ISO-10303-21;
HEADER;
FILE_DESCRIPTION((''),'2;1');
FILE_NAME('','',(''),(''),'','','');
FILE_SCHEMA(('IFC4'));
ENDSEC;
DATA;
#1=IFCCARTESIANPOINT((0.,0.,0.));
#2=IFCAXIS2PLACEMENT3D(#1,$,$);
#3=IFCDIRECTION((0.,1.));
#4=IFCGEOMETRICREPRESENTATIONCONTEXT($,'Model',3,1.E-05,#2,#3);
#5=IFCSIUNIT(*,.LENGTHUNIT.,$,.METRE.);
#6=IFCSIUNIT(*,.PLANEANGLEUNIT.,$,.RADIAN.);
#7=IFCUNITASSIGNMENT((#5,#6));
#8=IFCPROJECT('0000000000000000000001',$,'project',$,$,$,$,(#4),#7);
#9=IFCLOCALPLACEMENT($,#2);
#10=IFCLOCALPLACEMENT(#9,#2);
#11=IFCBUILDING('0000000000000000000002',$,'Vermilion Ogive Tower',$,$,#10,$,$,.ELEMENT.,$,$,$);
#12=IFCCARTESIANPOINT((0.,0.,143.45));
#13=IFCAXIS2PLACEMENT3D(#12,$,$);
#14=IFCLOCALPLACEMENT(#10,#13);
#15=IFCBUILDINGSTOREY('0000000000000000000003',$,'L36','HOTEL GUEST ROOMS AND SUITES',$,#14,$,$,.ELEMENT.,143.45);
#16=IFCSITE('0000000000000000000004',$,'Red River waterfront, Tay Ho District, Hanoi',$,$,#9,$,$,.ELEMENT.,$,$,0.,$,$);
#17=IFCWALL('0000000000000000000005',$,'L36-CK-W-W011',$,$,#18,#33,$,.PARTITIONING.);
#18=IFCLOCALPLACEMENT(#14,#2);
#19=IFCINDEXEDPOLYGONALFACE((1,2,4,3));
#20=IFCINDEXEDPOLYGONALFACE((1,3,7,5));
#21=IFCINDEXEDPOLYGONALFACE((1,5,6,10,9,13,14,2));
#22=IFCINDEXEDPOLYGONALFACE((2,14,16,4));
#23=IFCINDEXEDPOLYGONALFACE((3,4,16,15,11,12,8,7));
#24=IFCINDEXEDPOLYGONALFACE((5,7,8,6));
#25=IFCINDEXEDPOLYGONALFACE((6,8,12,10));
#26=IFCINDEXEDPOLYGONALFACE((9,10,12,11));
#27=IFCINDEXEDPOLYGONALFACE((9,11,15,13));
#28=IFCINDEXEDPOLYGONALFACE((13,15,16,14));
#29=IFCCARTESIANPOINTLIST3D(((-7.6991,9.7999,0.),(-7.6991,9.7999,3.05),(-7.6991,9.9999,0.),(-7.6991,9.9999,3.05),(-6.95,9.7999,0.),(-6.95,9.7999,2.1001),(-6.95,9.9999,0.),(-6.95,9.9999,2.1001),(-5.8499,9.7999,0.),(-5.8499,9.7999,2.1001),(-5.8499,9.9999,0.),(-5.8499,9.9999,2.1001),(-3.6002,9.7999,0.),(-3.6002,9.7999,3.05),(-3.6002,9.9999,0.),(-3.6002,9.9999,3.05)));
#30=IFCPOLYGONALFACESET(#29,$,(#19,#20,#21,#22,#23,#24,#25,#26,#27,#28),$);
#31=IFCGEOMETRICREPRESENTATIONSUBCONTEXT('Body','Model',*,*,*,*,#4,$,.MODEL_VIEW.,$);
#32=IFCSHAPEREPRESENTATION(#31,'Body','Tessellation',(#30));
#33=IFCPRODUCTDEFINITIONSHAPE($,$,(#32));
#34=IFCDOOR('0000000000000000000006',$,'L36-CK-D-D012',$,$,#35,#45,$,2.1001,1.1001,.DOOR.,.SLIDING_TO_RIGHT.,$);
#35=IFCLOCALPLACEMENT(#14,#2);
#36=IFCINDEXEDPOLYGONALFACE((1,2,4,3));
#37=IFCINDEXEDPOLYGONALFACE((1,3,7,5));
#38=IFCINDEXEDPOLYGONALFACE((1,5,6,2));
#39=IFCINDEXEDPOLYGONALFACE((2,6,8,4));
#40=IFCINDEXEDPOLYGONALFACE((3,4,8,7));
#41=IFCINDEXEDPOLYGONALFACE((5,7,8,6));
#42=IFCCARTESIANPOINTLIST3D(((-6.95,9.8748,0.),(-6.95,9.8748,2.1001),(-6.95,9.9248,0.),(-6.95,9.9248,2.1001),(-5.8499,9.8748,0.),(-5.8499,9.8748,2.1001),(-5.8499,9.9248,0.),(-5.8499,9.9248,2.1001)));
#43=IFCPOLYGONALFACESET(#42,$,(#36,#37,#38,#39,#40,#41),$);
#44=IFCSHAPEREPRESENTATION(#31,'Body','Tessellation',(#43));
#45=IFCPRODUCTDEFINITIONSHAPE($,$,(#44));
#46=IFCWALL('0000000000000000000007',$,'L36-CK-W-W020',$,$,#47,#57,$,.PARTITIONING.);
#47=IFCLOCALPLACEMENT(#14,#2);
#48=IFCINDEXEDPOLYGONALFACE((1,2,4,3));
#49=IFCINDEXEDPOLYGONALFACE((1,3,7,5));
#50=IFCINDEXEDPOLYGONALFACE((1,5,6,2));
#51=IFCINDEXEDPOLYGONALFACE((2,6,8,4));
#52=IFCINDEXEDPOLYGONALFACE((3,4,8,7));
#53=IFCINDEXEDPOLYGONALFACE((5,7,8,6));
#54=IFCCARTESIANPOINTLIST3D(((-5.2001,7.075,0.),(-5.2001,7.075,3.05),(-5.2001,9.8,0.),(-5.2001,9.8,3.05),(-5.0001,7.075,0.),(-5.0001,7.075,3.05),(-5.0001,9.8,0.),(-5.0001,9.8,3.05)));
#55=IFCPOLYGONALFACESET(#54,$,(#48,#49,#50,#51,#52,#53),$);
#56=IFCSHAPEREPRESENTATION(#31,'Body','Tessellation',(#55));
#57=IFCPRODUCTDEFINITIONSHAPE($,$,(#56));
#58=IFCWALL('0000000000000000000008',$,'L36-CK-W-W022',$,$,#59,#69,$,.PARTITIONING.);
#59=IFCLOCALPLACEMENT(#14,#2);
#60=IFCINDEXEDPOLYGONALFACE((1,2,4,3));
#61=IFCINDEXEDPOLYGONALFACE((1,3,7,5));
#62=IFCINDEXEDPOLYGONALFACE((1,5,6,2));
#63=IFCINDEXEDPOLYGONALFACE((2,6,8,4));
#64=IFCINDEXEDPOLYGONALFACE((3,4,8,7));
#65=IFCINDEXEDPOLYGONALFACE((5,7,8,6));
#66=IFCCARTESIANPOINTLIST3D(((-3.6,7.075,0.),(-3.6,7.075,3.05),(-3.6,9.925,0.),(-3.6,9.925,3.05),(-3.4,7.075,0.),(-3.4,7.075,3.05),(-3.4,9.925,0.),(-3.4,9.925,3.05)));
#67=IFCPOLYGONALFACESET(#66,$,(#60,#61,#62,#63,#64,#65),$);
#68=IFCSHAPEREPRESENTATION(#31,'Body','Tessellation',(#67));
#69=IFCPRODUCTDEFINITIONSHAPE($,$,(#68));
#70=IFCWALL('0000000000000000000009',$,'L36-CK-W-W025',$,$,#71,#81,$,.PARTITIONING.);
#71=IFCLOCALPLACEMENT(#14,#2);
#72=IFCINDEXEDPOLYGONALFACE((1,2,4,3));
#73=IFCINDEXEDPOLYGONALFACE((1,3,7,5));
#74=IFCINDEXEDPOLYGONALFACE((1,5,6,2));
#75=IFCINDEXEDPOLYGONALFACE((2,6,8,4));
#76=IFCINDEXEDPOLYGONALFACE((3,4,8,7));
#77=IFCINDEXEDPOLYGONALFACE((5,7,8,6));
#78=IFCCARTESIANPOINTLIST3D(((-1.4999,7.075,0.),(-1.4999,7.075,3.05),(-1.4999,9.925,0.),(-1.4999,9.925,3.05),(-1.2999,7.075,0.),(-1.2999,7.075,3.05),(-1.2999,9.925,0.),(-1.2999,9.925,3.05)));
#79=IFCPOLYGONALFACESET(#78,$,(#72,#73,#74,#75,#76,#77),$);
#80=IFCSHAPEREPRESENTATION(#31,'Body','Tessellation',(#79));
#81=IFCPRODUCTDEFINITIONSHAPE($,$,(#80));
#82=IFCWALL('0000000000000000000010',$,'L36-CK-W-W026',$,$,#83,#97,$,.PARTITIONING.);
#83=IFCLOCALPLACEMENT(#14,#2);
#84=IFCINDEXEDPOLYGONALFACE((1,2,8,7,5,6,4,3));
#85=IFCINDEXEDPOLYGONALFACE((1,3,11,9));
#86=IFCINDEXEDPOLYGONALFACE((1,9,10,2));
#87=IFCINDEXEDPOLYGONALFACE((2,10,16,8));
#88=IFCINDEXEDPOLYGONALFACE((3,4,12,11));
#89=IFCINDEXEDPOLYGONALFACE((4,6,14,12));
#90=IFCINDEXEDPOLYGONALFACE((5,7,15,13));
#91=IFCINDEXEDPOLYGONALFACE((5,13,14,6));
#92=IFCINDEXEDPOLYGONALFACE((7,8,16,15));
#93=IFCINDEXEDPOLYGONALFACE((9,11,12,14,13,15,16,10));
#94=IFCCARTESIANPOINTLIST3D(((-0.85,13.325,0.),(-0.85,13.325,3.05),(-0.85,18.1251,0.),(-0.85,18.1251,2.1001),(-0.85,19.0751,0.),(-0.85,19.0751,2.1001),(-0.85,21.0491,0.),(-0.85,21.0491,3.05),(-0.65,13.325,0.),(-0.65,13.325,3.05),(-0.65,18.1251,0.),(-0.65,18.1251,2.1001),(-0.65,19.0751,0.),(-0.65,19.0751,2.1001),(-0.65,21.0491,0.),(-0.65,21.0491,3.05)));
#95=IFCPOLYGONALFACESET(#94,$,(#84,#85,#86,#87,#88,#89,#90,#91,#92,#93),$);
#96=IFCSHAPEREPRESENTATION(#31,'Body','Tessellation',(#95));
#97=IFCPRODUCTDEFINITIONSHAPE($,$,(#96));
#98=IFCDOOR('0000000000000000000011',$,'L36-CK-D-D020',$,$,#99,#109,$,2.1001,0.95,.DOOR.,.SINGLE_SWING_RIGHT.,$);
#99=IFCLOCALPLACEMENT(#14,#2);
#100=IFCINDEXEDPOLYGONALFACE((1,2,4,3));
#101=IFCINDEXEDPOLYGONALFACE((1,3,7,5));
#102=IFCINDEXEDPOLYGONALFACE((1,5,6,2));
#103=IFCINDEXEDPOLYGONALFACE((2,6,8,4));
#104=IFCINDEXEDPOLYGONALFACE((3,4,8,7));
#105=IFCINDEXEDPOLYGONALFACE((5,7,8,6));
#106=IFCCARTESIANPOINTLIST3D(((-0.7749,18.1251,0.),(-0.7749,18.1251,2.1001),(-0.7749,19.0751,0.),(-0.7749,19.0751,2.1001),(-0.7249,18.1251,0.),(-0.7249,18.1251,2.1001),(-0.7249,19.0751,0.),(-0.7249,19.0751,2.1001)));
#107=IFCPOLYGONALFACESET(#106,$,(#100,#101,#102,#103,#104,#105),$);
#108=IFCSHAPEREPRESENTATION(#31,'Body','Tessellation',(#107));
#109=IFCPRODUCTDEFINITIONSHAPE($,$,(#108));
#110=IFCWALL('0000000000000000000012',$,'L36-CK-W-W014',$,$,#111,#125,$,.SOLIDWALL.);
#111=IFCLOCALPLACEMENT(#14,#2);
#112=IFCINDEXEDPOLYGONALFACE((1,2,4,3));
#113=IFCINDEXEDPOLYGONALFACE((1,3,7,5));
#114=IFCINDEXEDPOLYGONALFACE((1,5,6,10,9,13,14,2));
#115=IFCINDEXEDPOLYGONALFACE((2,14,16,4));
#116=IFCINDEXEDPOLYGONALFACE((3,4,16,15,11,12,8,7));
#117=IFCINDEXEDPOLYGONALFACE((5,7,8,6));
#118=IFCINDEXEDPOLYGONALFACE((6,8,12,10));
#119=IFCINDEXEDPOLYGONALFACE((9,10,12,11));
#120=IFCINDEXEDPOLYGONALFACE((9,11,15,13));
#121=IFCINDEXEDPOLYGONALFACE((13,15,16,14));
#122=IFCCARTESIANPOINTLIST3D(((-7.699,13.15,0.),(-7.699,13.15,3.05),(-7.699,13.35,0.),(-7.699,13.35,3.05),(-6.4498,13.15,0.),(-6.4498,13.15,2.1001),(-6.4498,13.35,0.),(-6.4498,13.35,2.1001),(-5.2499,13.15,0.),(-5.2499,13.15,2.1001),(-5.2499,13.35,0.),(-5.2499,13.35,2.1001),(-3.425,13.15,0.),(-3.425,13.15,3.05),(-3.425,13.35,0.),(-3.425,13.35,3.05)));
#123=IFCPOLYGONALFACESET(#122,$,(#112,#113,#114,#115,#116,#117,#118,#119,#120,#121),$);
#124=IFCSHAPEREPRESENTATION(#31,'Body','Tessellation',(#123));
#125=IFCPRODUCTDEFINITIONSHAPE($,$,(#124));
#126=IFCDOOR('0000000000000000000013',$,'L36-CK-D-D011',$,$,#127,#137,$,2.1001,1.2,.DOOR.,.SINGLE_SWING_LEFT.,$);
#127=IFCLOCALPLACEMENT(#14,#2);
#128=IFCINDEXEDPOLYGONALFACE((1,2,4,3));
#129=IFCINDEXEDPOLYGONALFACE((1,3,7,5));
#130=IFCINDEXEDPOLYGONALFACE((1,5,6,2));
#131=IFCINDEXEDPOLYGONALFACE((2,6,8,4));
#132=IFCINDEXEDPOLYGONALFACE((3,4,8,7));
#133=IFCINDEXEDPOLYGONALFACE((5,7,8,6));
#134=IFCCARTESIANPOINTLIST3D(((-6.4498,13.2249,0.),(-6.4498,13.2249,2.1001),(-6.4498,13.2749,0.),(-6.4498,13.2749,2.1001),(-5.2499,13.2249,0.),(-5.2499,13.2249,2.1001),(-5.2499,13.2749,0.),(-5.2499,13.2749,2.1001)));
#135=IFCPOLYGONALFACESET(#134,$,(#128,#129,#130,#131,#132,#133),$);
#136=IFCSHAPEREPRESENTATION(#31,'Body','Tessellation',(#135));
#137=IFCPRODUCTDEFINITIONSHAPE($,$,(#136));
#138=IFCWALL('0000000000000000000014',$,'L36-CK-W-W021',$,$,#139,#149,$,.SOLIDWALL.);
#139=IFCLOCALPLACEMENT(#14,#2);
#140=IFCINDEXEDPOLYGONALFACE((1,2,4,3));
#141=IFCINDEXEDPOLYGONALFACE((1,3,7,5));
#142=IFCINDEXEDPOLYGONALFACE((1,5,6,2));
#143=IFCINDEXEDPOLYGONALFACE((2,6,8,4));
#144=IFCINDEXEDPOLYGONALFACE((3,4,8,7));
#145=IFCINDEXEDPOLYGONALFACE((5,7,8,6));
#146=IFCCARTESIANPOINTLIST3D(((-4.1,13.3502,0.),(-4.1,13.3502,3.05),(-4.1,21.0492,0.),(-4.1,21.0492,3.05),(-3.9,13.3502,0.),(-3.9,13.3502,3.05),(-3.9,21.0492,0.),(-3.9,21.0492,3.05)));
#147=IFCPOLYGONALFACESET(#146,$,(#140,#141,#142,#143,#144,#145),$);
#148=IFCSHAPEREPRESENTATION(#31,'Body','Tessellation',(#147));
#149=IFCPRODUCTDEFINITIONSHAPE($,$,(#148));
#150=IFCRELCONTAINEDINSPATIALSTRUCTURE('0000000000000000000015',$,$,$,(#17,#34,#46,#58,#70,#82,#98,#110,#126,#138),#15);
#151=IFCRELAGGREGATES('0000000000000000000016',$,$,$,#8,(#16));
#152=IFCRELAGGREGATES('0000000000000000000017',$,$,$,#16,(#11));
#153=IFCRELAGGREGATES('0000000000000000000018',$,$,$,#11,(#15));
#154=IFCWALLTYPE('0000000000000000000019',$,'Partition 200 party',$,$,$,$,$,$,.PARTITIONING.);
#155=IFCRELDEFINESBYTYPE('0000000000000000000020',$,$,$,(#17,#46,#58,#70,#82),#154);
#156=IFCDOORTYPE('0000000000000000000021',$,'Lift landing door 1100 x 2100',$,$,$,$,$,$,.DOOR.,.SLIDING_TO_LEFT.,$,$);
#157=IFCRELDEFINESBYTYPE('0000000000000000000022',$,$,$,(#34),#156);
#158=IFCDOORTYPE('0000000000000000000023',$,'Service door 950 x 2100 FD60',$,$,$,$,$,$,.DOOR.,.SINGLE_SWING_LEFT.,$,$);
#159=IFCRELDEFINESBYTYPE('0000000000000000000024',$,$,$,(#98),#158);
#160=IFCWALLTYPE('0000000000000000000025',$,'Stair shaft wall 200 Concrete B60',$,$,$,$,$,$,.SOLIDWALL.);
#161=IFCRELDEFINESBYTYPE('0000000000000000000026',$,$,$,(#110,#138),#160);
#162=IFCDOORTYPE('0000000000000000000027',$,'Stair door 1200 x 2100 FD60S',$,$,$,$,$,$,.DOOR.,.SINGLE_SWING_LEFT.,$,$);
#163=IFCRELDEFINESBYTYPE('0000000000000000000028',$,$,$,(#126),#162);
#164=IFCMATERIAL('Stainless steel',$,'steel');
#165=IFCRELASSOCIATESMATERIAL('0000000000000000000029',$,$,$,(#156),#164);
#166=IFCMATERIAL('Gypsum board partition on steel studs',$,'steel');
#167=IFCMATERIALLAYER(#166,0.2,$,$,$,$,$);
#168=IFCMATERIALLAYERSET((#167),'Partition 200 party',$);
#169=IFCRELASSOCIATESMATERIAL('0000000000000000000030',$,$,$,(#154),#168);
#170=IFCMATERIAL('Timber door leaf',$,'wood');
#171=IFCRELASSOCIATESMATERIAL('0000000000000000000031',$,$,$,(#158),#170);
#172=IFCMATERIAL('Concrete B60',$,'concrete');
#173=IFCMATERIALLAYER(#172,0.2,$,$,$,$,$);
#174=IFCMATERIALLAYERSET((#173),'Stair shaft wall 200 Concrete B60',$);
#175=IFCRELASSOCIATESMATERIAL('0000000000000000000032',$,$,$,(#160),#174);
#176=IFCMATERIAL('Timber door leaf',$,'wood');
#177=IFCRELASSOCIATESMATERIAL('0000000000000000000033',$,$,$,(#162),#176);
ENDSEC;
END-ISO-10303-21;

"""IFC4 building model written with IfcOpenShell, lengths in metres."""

from ifc_helpers import new_model, si_unit, direction, frame, frame_2d, origin, place, context, subcontext, project, spatial, rectangle, extrude, material, layer, layer_set, type_object, element, fill, save


model = new_model("IFC4")

# Units and contexts
model_context = context("Model", 3, precision=1e-05, world=origin(), true_north=direction((0.0, 1.0)))
body_context = subcontext(model_context, "Body", "Model", "MODEL_VIEW")
ifc_project = project(units=[si_unit("LENGTHUNIT", "METRE"), si_unit("PLANEANGLEUNIT", "RADIAN")], contexts=[model_context])

# Site, building, storey
site_placement = place(None, origin())
site = spatial("IfcSite", under=ifc_project, at=site_placement, Name="Red River waterfront, Tay Ho District, Hanoi", CompositionType="ELEMENT", RefElevation=0.0)
building_placement = place(site_placement, origin())
building = spatial("IfcBuilding", under=site, at=building_placement, Name="Vermilion Ogive Tower", CompositionType="ELEMENT")
storey_placement = place(building_placement, frame((0.0, 0.0, 143.45)))
storey = spatial("IfcBuildingStorey", under=building, at=storey_placement, Name="L36", Description="HOTEL GUEST ROOMS AND SUITES", CompositionType="ELEMENT", Elevation=143.45)

# Shared definitions
ifc_material_1 = material(Name="Stainless steel", Category="steel")
door_type_1 = type_object("IfcDoorType", Name="Lift landing door 1100 x 2100", OperationType="SLIDING_TO_LEFT", PredefinedType="DOOR", material=ifc_material_1)

# Wall, opening, door
ifc_material_2 = material(Name="Gypsum board partition on steel studs", Category="steel")
ifc_layer_1 = layer(ifc_material_2, 0.2)
ifc_layer_set_1 = layer_set([ifc_layer_1], Name="Partition 200 party")
wall_type_1 = type_object("IfcWallType", Name="Partition 200 party", PredefinedType="PARTITIONING", material=ifc_layer_set_1)
wall_1_placement = place(storey_placement, frame((-7.699, 9.8999, 0.0), z_axis=(0.0, 0.0, 1.0), x_axis=(1.0, 0.0, 0.0)))
wall_1 = element("IfcWall", 1, at=wall_1_placement, inside=storey, type_object=wall_type_1, Name="L36-CK-W-W011", PredefinedType="PARTITIONING", context=body_context, shape_type="SweptSolid", body=[
    extrude(rectangle(XDim=4.0989, YDim=0.2, at=frame_2d((2.0493, 0.0))), origin(), (0.0, 0.0, 1.0), 3.05),
])
opening_1_placement = place(wall_1_placement, frame((0.749, 0.0, 0.0)))
opening_1 = element("IfcOpeningElement", 2, at=opening_1_placement, cuts=wall_1, PredefinedType="OPENING", context=body_context, shape_type="SweptSolid", body=[
    extrude(rectangle(XDim=1.1001, YDim=2.1001, at=frame_2d((0.55, 1.05))), frame((0.0, 0.1099, 0.0), z_axis=(0.0, -1.0, 0.0), x_axis=(1.0, 0.0, 0.0)), (0.0, 0.0, 1.0), 0.22),
])
door_1_placement = place(opening_1_placement, origin())
door_1 = element("IfcDoor", 3, at=door_1_placement, inside=storey, type_object=door_type_1, Name="L36-CK-D-D012", OperationType="SLIDING_TO_RIGHT", OverallHeight=2.1001, OverallWidth=1.1001, PredefinedType="DOOR", context=body_context, shape_type="SweptSolid", body=[
    extrude(rectangle(XDim=1.1001, YDim=2.1001, at=frame_2d((0.55, 1.05))), frame((0.0, 0.0249, 0.0), z_axis=(0.0, -1.0, 0.0), x_axis=(1.0, 0.0, 0.0)), (0.0, 0.0, 1.0), 0.05),
])
fill(opening_1, door_1)

# Walls
wall_2_placement = place(storey_placement, frame((-5.1001, 7.075, 0.0), z_axis=(0.0, 0.0, 1.0), x_axis=(0.0, 1.0, 0.0)))
element("IfcWall", 4, at=wall_2_placement, inside=storey, type_object=wall_type_1, Name="L36-CK-W-W020", PredefinedType="PARTITIONING", context=body_context, shape_type="SweptSolid", body=[
    extrude(rectangle(XDim=2.7251, YDim=0.2, at=frame_2d((1.3625, 0.0))), origin(), (0.0, 0.0, 1.0), 3.05),
])
for number, where, z_axis, x_axis, name in (
    (5, (-3.5, 7.075, 0.0), (0.0, 0.0, 1.0), (0.0, 1.0, 0.0), "L36-CK-W-W022"),
    (6, (-1.3999, 7.075, 0.0), (0.0, 0.0, 1.0), (0.0, 1.0, 0.0), "L36-CK-W-W025"),
):
    element("IfcWall", number, at=place(storey_placement, frame(where, z_axis=z_axis, x_axis=x_axis)), inside=storey, type_object=wall_type_1, Name=name, PredefinedType="PARTITIONING", context=body_context, shape_type="SweptSolid", body=[
        extrude(rectangle(XDim=2.8501, YDim=0.2, at=frame_2d((1.425, 0.0))), origin(), (0.0, 0.0, 1.0), 3.05),
    ])

# Walls, openings, doors
wall_3_placement = place(storey_placement, frame((-0.75, 13.325, 0.0), z_axis=(0.0, 0.0, 1.0), x_axis=(0.0, 1.0, 0.0)))
wall_3 = element("IfcWall", 7, at=wall_3_placement, inside=storey, type_object=wall_type_1, Name="L36-CK-W-W026", PredefinedType="PARTITIONING", context=body_context, shape_type="SweptSolid", body=[
    extrude(rectangle(XDim=7.7241, YDim=0.2, at=frame_2d((3.8621, 0.0))), origin(), (0.0, 0.0, 1.0), 3.05),
])
opening_2_placement = place(wall_3_placement, frame((4.8, 0.0, 0.0)))
opening_2 = element("IfcOpeningElement", 8, at=opening_2_placement, cuts=wall_3, PredefinedType="OPENING", context=body_context, shape_type="SweptSolid", body=[
    extrude(rectangle(XDim=0.95, YDim=2.1001, at=frame_2d((0.4751, 1.05))), frame((0.0, 0.1099, 0.0), z_axis=(0.0, -1.0, 0.0), x_axis=(1.0, 0.0, 0.0)), (0.0, 0.0, 1.0), 0.22),
])
ifc_material_3 = material(Name="Timber door leaf", Category="wood")
door_type_2 = type_object("IfcDoorType", Name="Service door 950 x 2100 FD60", OperationType="SINGLE_SWING_LEFT", PredefinedType="DOOR", material=ifc_material_3)
door_2_placement = place(opening_2_placement, origin())
door_2 = element("IfcDoor", 9, at=door_2_placement, inside=storey, type_object=door_type_2, Name="L36-CK-D-D020", OperationType="SINGLE_SWING_RIGHT", OverallHeight=2.1001, OverallWidth=0.95, PredefinedType="DOOR", context=body_context, shape_type="SweptSolid", body=[
    extrude(rectangle(XDim=0.95, YDim=2.1001, at=frame_2d((0.4751, 1.05))), frame((0.0, 0.0249, 0.0), z_axis=(0.0, -1.0, 0.0), x_axis=(1.0, 0.0, 0.0)), (0.0, 0.0, 1.0), 0.05),
])
fill(opening_2, door_2)
ifc_material_4 = material(Name="Concrete B60", Category="concrete")
ifc_layer_2 = layer(ifc_material_4, 0.2)
ifc_layer_set_2 = layer_set([ifc_layer_2], Name="Stair shaft wall 200 Concrete B60")
wall_type_2 = type_object("IfcWallType", Name="Stair shaft wall 200 Concrete B60", PredefinedType="SOLIDWALL", material=ifc_layer_set_2)
wall_4_placement = place(storey_placement, frame((-7.699, 13.25, 0.0), z_axis=(0.0, 0.0, 1.0), x_axis=(1.0, 0.0, 0.0)))
wall_4 = element("IfcWall", 10, at=wall_4_placement, inside=storey, type_object=wall_type_2, Name="L36-CK-W-W014", PredefinedType="SOLIDWALL", context=body_context, shape_type="SweptSolid", body=[
    extrude(rectangle(XDim=4.2739, YDim=0.2, at=frame_2d((2.137, 0.0))), origin(), (0.0, 0.0, 1.0), 3.05),
])
opening_3_placement = place(wall_4_placement, frame((1.249, 0.0, 0.0)))
opening_3 = element("IfcOpeningElement", 11, at=opening_3_placement, cuts=wall_4, PredefinedType="OPENING", context=body_context, shape_type="SweptSolid", body=[
    extrude(rectangle(XDim=1.2, YDim=2.1001, at=frame_2d((0.6001, 1.05))), frame((0.0, 0.1099, 0.0), z_axis=(0.0, -1.0, 0.0), x_axis=(1.0, 0.0, 0.0)), (0.0, 0.0, 1.0), 0.22),
])
ifc_material_5 = material(Name="Timber door leaf", Category="wood")
door_type_3 = type_object("IfcDoorType", Name="Stair door 1200 x 2100 FD60S", OperationType="SINGLE_SWING_LEFT", PredefinedType="DOOR", material=ifc_material_5)
door_3_placement = place(opening_3_placement, origin())
door_3 = element("IfcDoor", 12, at=door_3_placement, inside=storey, type_object=door_type_3, Name="L36-CK-D-D011", OperationType="SINGLE_SWING_LEFT", OverallHeight=2.1001, OverallWidth=1.2, PredefinedType="DOOR", context=body_context, shape_type="SweptSolid", body=[
    extrude(rectangle(XDim=1.2, YDim=2.1001, at=frame_2d((0.6001, 1.05))), frame((0.0, 0.0249, 0.0), z_axis=(0.0, -1.0, 0.0), x_axis=(1.0, 0.0, 0.0)), (0.0, 0.0, 1.0), 0.05),
])
fill(opening_3, door_3)

# Wall
wall_5_placement = place(storey_placement, frame((-4.0, 13.3501, 0.0), z_axis=(0.0, 0.0, 1.0), x_axis=(0.0, 1.0, 0.0)))
element("IfcWall", 13, at=wall_5_placement, inside=storey, type_object=wall_type_2, Name="L36-CK-W-W021", PredefinedType="SOLIDWALL", context=body_context, shape_type="SweptSolid", body=[
    extrude(rectangle(XDim=7.699, YDim=0.2, at=frame_2d((3.8496, 0.0))), origin(), (0.0, 0.0, 1.0), 3.05),
])

save(model, "model.ifc")
